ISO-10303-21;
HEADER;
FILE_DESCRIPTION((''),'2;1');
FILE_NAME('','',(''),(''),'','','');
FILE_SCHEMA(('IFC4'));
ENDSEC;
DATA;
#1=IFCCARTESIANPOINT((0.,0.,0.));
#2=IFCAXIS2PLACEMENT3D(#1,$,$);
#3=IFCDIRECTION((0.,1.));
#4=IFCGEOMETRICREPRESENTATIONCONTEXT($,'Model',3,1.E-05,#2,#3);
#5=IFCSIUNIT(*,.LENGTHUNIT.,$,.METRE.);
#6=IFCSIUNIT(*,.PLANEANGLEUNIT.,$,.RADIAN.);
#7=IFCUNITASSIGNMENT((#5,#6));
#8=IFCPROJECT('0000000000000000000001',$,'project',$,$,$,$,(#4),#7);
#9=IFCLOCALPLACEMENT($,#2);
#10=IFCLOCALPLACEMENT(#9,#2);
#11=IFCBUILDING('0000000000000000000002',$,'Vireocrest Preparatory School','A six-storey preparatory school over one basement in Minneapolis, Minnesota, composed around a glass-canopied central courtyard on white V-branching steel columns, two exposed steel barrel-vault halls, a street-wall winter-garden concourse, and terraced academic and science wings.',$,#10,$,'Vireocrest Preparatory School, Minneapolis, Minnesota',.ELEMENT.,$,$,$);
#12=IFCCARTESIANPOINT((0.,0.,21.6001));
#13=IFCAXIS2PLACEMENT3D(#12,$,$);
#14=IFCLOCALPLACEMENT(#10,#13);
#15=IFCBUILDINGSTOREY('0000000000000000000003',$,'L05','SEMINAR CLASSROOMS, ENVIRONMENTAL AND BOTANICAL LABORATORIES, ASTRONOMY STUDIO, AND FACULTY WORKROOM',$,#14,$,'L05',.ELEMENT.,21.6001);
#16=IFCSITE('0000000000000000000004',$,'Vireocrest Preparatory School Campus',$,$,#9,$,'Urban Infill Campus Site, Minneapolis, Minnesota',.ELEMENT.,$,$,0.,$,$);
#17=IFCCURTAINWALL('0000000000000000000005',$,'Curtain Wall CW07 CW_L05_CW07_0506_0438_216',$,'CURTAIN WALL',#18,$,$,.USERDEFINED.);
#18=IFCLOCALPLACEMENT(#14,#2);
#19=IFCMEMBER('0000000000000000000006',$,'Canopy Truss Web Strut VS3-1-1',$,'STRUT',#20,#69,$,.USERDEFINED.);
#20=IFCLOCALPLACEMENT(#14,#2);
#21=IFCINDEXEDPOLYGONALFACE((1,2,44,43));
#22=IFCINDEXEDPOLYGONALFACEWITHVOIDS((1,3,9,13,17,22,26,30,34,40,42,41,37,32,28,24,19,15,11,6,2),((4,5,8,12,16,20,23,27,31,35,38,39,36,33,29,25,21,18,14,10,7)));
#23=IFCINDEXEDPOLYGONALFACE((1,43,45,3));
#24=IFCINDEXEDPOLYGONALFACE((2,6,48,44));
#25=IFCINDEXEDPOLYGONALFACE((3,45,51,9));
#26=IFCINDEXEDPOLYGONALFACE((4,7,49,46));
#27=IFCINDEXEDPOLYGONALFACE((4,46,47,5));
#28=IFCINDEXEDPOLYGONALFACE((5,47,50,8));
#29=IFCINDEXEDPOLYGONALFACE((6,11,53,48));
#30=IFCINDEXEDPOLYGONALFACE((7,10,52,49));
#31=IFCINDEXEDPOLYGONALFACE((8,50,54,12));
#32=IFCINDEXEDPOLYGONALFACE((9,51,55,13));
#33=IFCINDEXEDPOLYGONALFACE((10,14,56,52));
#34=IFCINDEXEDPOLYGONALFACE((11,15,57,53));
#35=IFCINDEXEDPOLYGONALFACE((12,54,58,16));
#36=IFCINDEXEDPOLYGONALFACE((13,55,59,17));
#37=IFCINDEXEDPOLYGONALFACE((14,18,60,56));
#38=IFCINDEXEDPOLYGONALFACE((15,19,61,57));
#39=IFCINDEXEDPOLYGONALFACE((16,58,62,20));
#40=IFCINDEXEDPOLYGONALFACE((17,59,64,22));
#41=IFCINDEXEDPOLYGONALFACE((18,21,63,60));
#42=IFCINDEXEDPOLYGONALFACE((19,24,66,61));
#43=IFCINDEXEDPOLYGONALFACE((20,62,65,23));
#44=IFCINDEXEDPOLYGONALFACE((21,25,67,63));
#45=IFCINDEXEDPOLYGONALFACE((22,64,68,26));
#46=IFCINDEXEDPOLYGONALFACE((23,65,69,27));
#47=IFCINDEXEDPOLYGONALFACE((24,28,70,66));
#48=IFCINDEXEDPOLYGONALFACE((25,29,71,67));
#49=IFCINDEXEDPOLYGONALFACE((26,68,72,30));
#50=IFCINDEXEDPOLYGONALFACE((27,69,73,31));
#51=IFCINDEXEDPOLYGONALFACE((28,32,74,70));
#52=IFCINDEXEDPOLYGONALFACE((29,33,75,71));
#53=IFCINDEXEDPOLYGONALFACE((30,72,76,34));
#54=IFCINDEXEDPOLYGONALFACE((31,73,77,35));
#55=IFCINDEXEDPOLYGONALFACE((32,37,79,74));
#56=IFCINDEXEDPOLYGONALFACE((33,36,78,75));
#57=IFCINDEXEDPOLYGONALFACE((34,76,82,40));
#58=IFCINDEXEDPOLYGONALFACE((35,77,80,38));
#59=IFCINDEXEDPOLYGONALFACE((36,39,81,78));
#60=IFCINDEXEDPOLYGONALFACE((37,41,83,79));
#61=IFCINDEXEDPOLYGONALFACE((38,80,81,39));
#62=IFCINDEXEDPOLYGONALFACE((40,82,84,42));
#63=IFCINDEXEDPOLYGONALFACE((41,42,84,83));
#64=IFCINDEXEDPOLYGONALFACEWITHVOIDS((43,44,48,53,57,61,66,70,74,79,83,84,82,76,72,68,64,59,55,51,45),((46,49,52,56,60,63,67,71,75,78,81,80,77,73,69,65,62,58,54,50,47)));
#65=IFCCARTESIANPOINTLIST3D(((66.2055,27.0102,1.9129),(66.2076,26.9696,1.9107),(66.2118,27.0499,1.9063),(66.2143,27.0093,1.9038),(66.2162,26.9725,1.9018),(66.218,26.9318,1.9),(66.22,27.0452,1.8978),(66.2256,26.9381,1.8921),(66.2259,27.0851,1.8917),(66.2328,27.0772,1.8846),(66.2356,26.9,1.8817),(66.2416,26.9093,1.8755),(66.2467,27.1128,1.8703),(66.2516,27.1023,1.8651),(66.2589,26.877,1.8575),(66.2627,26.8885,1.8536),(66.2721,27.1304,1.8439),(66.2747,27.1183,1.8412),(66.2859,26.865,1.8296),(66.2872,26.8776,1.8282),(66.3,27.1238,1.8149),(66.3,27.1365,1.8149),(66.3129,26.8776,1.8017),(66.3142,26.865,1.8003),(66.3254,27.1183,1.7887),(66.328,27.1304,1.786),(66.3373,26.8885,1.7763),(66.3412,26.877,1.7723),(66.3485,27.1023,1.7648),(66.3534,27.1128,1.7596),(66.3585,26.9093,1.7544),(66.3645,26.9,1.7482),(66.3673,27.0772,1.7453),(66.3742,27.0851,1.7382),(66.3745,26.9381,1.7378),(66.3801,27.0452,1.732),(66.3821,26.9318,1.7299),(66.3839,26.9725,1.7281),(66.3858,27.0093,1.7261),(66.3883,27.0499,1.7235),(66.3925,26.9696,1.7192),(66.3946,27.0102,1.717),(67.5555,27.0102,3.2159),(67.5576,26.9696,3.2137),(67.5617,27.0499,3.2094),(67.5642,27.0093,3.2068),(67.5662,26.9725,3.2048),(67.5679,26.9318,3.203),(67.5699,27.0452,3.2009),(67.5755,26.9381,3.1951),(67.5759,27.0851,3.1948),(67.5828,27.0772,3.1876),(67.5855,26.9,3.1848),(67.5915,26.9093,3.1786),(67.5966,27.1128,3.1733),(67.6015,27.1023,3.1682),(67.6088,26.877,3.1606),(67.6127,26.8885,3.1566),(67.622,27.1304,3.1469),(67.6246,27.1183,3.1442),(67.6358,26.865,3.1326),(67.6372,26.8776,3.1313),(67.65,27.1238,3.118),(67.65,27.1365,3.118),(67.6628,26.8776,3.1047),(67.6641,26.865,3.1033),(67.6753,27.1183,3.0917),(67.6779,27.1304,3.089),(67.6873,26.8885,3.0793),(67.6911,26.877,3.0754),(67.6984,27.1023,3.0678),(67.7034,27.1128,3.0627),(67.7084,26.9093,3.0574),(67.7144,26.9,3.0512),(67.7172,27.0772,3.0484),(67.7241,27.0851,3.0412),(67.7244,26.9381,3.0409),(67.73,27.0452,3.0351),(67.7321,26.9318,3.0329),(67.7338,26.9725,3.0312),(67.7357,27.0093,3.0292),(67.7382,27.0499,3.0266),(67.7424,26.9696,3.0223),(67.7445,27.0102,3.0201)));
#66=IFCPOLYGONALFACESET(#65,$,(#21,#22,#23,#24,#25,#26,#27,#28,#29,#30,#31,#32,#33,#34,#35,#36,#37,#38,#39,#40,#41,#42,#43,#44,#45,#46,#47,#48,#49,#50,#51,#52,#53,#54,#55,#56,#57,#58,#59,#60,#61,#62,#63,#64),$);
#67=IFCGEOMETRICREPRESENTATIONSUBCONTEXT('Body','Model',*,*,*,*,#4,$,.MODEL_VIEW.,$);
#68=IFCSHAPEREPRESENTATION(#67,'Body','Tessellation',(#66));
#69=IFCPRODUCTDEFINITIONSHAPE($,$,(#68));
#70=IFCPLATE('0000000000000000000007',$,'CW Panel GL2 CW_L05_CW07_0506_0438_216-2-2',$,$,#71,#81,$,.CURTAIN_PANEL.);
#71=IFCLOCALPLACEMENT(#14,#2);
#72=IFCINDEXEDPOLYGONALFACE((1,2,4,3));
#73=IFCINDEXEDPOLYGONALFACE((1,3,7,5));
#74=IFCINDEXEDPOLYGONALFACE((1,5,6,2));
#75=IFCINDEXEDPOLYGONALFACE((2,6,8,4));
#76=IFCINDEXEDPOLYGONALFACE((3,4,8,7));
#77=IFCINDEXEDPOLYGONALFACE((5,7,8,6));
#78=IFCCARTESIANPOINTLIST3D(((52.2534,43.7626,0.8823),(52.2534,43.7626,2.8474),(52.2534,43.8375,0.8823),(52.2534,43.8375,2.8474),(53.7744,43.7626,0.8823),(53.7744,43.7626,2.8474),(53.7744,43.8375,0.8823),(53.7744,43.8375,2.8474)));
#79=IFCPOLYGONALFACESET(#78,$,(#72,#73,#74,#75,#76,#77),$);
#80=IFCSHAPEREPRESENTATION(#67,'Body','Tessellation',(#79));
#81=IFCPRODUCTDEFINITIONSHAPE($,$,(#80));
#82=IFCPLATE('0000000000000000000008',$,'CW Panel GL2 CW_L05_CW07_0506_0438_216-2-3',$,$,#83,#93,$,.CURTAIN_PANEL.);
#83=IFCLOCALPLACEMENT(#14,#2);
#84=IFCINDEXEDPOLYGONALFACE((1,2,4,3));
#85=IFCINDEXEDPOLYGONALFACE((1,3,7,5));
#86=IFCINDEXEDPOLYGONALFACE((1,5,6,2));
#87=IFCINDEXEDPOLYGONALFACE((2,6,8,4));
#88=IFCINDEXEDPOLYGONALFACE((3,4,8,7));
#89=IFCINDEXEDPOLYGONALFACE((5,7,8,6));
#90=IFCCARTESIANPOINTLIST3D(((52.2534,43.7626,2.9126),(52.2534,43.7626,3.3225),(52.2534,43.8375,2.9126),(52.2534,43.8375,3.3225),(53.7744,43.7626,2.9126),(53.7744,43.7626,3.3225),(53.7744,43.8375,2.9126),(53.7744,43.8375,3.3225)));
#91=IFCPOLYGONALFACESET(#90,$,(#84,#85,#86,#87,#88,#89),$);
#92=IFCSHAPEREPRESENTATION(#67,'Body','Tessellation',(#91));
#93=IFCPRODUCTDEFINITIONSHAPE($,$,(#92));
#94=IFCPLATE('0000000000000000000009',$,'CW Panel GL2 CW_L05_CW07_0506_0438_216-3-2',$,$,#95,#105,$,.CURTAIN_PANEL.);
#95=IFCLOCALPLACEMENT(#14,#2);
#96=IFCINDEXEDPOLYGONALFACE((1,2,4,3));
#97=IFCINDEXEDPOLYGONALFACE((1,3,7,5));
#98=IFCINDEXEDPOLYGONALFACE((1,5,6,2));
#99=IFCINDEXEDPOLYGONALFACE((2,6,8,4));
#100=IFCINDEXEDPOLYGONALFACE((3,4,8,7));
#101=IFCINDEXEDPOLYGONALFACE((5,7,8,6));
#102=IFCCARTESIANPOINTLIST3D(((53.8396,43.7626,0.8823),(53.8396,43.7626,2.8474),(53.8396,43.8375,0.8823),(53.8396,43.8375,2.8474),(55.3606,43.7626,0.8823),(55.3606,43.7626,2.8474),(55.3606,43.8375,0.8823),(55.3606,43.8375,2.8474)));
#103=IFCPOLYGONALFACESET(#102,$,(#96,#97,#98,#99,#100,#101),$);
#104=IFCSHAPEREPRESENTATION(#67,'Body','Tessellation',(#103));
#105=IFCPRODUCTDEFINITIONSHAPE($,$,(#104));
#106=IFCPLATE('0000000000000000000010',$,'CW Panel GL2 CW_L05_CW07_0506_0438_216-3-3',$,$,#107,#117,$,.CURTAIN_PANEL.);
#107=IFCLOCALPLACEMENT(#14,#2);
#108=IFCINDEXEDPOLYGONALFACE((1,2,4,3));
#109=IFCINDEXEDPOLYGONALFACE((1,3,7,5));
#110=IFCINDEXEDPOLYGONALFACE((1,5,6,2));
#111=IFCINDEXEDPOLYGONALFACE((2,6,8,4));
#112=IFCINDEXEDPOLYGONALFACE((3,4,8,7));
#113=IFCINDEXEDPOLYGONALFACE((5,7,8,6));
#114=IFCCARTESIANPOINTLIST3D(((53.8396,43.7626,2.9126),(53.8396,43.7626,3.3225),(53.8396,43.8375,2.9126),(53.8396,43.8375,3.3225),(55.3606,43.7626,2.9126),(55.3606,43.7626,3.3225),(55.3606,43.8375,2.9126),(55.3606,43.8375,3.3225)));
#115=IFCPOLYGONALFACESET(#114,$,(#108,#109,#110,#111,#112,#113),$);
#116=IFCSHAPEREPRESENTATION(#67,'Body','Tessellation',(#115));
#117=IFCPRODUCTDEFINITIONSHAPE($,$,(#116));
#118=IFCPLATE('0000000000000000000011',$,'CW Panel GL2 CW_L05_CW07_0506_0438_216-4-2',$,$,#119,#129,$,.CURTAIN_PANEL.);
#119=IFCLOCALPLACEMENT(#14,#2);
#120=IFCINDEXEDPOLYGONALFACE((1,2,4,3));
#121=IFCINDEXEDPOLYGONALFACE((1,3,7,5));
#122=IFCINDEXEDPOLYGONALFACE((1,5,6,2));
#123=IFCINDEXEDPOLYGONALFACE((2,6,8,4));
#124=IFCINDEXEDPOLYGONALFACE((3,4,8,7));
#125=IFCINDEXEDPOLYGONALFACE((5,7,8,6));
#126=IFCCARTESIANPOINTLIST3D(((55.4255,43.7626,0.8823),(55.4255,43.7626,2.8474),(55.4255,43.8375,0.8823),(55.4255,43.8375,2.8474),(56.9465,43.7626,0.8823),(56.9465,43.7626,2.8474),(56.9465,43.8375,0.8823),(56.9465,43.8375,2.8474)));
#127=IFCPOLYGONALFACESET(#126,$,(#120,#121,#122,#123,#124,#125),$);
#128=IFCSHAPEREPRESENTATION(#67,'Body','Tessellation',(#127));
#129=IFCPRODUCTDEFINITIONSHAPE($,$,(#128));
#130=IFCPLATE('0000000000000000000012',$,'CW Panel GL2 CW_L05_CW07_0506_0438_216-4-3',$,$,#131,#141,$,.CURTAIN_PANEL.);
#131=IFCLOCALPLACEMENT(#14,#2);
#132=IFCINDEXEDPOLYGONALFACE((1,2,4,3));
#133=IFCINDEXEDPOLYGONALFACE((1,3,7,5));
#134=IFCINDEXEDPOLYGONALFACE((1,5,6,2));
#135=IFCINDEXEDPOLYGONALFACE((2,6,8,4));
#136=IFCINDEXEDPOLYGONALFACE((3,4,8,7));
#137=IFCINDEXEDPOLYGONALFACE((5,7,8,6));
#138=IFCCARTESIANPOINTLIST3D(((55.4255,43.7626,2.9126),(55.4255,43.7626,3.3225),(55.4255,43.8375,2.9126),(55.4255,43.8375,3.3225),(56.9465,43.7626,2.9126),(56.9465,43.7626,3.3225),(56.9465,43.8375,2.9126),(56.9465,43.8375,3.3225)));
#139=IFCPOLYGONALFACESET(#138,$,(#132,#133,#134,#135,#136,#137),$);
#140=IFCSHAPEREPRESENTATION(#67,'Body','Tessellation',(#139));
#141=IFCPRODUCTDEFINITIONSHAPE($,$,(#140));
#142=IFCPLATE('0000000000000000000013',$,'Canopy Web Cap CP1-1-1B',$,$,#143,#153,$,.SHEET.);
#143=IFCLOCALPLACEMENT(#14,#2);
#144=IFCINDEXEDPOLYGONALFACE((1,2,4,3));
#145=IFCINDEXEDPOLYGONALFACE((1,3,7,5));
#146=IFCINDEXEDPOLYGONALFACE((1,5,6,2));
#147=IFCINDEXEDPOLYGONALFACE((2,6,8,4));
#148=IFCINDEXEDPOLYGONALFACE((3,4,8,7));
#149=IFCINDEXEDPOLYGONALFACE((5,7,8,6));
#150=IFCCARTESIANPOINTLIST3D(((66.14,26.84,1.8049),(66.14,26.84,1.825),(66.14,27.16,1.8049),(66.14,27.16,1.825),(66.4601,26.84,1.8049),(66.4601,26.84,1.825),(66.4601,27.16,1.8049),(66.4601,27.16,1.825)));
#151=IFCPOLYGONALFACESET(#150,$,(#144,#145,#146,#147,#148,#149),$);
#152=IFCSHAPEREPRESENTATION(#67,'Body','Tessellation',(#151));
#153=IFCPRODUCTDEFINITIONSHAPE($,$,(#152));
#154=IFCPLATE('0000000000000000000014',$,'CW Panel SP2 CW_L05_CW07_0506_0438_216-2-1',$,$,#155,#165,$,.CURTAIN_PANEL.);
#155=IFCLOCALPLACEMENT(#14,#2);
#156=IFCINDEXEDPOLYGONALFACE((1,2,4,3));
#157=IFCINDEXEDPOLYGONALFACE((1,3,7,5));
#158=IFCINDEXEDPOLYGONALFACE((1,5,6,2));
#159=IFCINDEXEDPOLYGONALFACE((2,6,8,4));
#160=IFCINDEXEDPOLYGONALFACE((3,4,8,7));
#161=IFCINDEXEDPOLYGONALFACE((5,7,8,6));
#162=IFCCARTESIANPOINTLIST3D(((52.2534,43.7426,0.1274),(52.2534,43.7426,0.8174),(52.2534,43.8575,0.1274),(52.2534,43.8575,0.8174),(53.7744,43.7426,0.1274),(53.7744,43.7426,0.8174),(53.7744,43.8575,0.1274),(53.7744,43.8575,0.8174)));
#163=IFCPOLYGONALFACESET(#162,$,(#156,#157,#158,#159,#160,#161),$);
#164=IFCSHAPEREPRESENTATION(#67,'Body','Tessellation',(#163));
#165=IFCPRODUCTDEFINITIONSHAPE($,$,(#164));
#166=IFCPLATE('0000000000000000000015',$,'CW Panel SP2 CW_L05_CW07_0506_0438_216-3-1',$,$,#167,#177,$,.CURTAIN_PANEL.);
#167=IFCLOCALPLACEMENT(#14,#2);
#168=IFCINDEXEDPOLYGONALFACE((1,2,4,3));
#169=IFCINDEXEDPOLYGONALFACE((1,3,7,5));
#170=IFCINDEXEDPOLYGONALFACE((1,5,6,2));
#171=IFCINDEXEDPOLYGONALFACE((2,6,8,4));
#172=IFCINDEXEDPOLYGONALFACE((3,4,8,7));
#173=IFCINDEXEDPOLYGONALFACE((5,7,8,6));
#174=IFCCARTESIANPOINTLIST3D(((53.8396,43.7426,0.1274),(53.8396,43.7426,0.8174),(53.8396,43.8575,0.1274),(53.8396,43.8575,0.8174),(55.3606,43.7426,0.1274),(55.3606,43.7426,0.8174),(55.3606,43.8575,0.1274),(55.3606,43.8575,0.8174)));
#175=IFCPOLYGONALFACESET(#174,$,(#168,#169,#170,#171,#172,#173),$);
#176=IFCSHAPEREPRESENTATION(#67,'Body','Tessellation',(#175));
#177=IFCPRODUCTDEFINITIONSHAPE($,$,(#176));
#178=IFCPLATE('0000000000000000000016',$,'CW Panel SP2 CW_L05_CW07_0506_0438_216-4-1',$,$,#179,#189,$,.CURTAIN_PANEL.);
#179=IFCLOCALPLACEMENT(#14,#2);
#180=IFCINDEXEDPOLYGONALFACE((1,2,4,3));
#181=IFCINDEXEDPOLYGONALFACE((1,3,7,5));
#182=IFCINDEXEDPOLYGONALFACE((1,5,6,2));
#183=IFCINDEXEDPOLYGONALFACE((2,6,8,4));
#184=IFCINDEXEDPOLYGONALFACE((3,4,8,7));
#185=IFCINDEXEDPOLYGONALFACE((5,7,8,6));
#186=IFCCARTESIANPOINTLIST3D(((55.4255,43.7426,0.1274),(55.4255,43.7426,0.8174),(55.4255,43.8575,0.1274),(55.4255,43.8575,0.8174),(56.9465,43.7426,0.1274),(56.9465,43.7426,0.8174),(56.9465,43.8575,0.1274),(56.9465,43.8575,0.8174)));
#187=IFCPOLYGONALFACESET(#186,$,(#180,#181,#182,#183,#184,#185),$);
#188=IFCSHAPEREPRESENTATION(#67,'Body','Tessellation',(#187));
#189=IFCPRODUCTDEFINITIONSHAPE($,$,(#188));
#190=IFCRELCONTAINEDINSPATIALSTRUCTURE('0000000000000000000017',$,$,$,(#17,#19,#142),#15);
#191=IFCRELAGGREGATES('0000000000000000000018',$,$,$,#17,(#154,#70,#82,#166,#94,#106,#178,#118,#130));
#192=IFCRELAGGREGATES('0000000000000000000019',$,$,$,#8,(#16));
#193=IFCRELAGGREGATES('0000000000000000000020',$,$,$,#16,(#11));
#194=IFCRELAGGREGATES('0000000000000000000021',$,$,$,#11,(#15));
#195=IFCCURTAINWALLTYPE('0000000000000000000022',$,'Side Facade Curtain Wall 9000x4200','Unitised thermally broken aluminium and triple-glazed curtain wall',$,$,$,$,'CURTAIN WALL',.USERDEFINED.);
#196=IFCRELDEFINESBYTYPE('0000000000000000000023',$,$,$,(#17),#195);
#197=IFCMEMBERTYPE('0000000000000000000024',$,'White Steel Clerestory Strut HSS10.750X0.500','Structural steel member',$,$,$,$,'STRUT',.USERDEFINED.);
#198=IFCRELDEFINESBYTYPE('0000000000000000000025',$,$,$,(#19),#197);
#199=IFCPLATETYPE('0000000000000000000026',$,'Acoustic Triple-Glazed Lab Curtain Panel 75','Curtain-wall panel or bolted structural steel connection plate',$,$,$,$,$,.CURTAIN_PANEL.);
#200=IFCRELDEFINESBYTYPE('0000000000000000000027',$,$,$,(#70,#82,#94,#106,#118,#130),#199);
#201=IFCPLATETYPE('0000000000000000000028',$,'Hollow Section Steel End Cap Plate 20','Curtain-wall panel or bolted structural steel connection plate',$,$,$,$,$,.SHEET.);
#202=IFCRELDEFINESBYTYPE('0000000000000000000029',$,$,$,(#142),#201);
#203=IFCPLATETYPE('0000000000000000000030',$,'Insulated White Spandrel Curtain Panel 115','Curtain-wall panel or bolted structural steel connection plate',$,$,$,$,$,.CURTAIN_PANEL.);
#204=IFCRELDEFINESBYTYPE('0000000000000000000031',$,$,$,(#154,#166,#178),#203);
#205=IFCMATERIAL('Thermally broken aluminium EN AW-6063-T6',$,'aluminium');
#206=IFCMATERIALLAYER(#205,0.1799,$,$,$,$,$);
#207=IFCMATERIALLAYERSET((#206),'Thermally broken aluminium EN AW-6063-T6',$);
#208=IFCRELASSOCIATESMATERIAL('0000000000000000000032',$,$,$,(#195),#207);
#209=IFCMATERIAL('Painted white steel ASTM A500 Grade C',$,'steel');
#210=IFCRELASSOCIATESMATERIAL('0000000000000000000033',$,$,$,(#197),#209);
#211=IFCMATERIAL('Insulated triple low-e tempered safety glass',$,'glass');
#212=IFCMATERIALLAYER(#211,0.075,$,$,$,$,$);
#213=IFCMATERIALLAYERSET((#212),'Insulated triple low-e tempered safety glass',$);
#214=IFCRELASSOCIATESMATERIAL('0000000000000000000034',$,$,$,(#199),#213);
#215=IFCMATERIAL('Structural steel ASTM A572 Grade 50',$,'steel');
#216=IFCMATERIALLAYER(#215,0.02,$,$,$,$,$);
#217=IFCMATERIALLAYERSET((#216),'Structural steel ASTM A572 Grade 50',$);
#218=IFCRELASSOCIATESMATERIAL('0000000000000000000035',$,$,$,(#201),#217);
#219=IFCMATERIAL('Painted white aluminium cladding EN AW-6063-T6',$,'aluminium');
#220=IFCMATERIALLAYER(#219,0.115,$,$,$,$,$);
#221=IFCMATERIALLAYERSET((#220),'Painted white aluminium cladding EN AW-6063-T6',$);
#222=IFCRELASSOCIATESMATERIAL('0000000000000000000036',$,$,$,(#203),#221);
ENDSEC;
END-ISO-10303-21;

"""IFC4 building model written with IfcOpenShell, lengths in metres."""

from ifc_helpers import new_model, si_unit, direction, frame, origin, origin_2d, place, context, subcontext, project, spatial, rectangle, hollow_circle, extrude, material, layer, layer_set, material_profile, profile_set, type_object, element, aggregate, save


model = new_model("IFC4")

# Units and contexts
model_context = context("Model", 3, precision=1e-05, world=origin(), true_north=direction((0.0, 1.0)))
body_context = subcontext(model_context, "Body", "Model", "MODEL_VIEW")
ifc_project = project(units=[si_unit("LENGTHUNIT", "METRE"), si_unit("PLANEANGLEUNIT", "RADIAN")], contexts=[model_context])

# Site, building, storey
site_placement = place(None, origin())
site = spatial("IfcSite", under=ifc_project, at=site_placement, Name="Vireocrest Preparatory School Campus", LongName="Urban Infill Campus Site, Minneapolis, Minnesota", CompositionType="ELEMENT", RefElevation=0.0)
building_placement = place(site_placement, origin())
building = spatial("IfcBuilding", under=site, at=building_placement, Name="Vireocrest Preparatory School", Description="A six-storey preparatory school over one basement in Minneapolis, Minnesota, composed around a glass-canopied central courtyard on white V-branching steel columns, two exposed steel barrel-vault halls, a street-wall winter-garden concourse, and terraced academic and science wings.", LongName="Vireocrest Preparatory School, Minneapolis, Minnesota", CompositionType="ELEMENT")
storey_placement = place(building_placement, frame((0.0, 0.0, 21.6001)))
storey = spatial("IfcBuildingStorey", under=building, at=storey_placement, Name="L05", Description="SEMINAR CLASSROOMS, ENVIRONMENTAL AND BOTANICAL LABORATORIES, ASTRONOMY STUDIO, AND FACULTY WORKROOM", LongName="L05", CompositionType="ELEMENT", Elevation=21.6001)

# Curtain wall
ifc_material_1 = material(Name="Thermally broken aluminium EN AW-6063-T6", Category="aluminium")
ifc_layer_1 = layer(ifc_material_1, 0.1799)
ifc_layer_set_1 = layer_set([ifc_layer_1], Name="Thermally broken aluminium EN AW-6063-T6")
curtain_wall_type = type_object("IfcCurtainWallType", Name="Side Facade Curtain Wall 9000x4200", Description="Unitised thermally broken aluminium and triple-glazed curtain wall", ElementType="CURTAIN WALL", PredefinedType="USERDEFINED", material=ifc_layer_set_1)
curtain_wall_placement = place(storey_placement, origin())
curtain_wall = element("IfcCurtainWall", 1, at=curtain_wall_placement, inside=storey, type_object=curtain_wall_type, Name="Curtain Wall CW07 CW_L05_CW07_0506_0438_216", ObjectType="CURTAIN WALL", PredefinedType="USERDEFINED")

# Member
ifc_material_2 = material(Name="Painted white steel ASTM A500 Grade C", Category="steel")
ifc_material_profile_1 = material_profile(ifc_material_2, hollow_circle(Radius=0.1365, WallThickness=0.0127, at=origin_2d()), Name="HSS10.750X0.500")
ifc_profile_set_1 = profile_set([ifc_material_profile_1], Name="Painted white steel ASTM A500 Grade C")
member_type_1 = type_object("IfcMemberType", Name="White Steel Clerestory Strut HSS10.750X0.500", Description="Structural steel member", ElementType="STRUT", PredefinedType="USERDEFINED", material=ifc_profile_set_1)
member_1_placement = place(storey_placement, frame((66.3, 27.0, 1.8149), z_axis=(0.719489, 0.0, 0.694504), x_axis=(0.0, 1.0, 0.0)))
element("IfcMember", 2, at=member_1_placement, inside=storey, type_object=member_type_1, Name="Canopy Truss Web Strut VS3-1-1", ObjectType="STRUT", PredefinedType="USERDEFINED", context=body_context, shape_type="SweptSolid", body=[
    extrude(hollow_circle(Radius=0.1365, WallThickness=0.0127, at=origin_2d()), origin(), (0.0, 0.0, 1.0), 1.8762),
])

# Plates
ifc_material_3 = material(Name="Insulated triple low-e tempered safety glass", Category="glass")
ifc_layer_2 = layer(ifc_material_3, 0.075)
ifc_layer_set_2 = layer_set([ifc_layer_2], Name="Insulated triple low-e tempered safety glass")
plate_type_1 = type_object("IfcPlateType", Name="Acoustic Triple-Glazed Lab Curtain Panel 75", Description="Curtain-wall panel or bolted structural steel connection plate", PredefinedType="CURTAIN_PANEL", material=ifc_layer_set_2)
plate_1_placement = place(storey_placement, frame((53.0139, 43.8, 0.8823), z_axis=(0.0, 0.0, 1.0), x_axis=(1.0, 0.0, 0.0)))
plate_1 = element("IfcPlate", 3, at=plate_1_placement, type_object=plate_type_1, Name="CW Panel GL2 CW_L05_CW07_0506_0438_216-2-2", PredefinedType="CURTAIN_PANEL", context=body_context, shape_type="SweptSolid", body=[
    extrude(rectangle(XDim=1.521, YDim=0.075, at=origin_2d()), origin(), (0.0, 0.0, 1.0), 1.9651),
])
plate_2_placement = place(storey_placement, frame((53.0139, 43.8, 2.9126), z_axis=(0.0, 0.0, 1.0), x_axis=(1.0, 0.0, 0.0)))
plate_2 = element("IfcPlate", 4, at=plate_2_placement, type_object=plate_type_1, Name="CW Panel GL2 CW_L05_CW07_0506_0438_216-2-3", PredefinedType="CURTAIN_PANEL", context=body_context, shape_type="SweptSolid", body=[
    extrude(rectangle(XDim=1.521, YDim=0.075, at=origin_2d()), origin(), (0.0, 0.0, 1.0), 0.4099),
])
plate_3_placement = place(storey_placement, frame((54.6001, 43.8, 0.8823), z_axis=(0.0, 0.0, 1.0), x_axis=(1.0, 0.0, 0.0)))
plate_3 = element("IfcPlate", 5, at=plate_3_placement, type_object=plate_type_1, Name="CW Panel GL2 CW_L05_CW07_0506_0438_216-3-2", PredefinedType="CURTAIN_PANEL", context=body_context, shape_type="SweptSolid", body=[
    extrude(rectangle(XDim=1.521, YDim=0.075, at=origin_2d()), origin(), (0.0, 0.0, 1.0), 1.9651),
])
plate_4_placement = place(storey_placement, frame((54.6001, 43.8, 2.9126), z_axis=(0.0, 0.0, 1.0), x_axis=(1.0, 0.0, 0.0)))
plate_4 = element("IfcPlate", 6, at=plate_4_placement, type_object=plate_type_1, Name="CW Panel GL2 CW_L05_CW07_0506_0438_216-3-3", PredefinedType="CURTAIN_PANEL", context=body_context, shape_type="SweptSolid", body=[
    extrude(rectangle(XDim=1.521, YDim=0.075, at=origin_2d()), origin(), (0.0, 0.0, 1.0), 0.4099),
])
plate_5_placement = place(storey_placement, frame((56.186, 43.8, 0.8823), z_axis=(0.0, 0.0, 1.0), x_axis=(1.0, 0.0, 0.0)))
plate_5 = element("IfcPlate", 7, at=plate_5_placement, type_object=plate_type_1, Name="CW Panel GL2 CW_L05_CW07_0506_0438_216-4-2", PredefinedType="CURTAIN_PANEL", context=body_context, shape_type="SweptSolid", body=[
    extrude(rectangle(XDim=1.521, YDim=0.075, at=origin_2d()), origin(), (0.0, 0.0, 1.0), 1.9651),
])
plate_6_placement = place(storey_placement, frame((56.186, 43.8, 2.9126), z_axis=(0.0, 0.0, 1.0), x_axis=(1.0, 0.0, 0.0)))
plate_6 = element("IfcPlate", 8, at=plate_6_placement, type_object=plate_type_1, Name="CW Panel GL2 CW_L05_CW07_0506_0438_216-4-3", PredefinedType="CURTAIN_PANEL", context=body_context, shape_type="SweptSolid", body=[
    extrude(rectangle(XDim=1.521, YDim=0.075, at=origin_2d()), origin(), (0.0, 0.0, 1.0), 0.4099),
])
ifc_material_4 = material(Name="Structural steel ASTM A572 Grade 50", Category="steel")
ifc_layer_3 = layer(ifc_material_4, 0.02)
ifc_layer_set_3 = layer_set([ifc_layer_3], Name="Structural steel ASTM A572 Grade 50")
plate_type_2 = type_object("IfcPlateType", Name="Hollow Section Steel End Cap Plate 20", Description="Curtain-wall panel or bolted structural steel connection plate", PredefinedType="SHEET", material=ifc_layer_set_3)
plate_7_placement = place(storey_placement, frame((66.3, 27.0, 1.8049), z_axis=(0.0, 0.0, 1.0), x_axis=(1.0, 0.0, 0.0)))
element("IfcPlate", 9, at=plate_7_placement, inside=storey, type_object=plate_type_2, Name="Canopy Web Cap CP1-1-1B", PredefinedType="SHEET", context=body_context, shape_type="SweptSolid", body=[
    extrude(rectangle(XDim=0.3201, YDim=0.3201, at=origin_2d()), origin(), (0.0, 0.0, 1.0), 0.02),
])
ifc_material_5 = material(Name="Painted white aluminium cladding EN AW-6063-T6", Category="aluminium")
ifc_layer_4 = layer(ifc_material_5, 0.115)
ifc_layer_set_4 = layer_set([ifc_layer_4], Name="Painted white aluminium cladding EN AW-6063-T6")
plate_type_3 = type_object("IfcPlateType", Name="Insulated White Spandrel Curtain Panel 115", Description="Curtain-wall panel or bolted structural steel connection plate", PredefinedType="CURTAIN_PANEL", material=ifc_layer_set_4)
plate_8_placement = place(storey_placement, frame((53.0139, 43.8, 0.1274), z_axis=(0.0, 0.0, 1.0), x_axis=(1.0, 0.0, 0.0)))
plate_8 = element("IfcPlate", 10, at=plate_8_placement, type_object=plate_type_3, Name="CW Panel SP2 CW_L05_CW07_0506_0438_216-2-1", PredefinedType="CURTAIN_PANEL", context=body_context, shape_type="SweptSolid", body=[
    extrude(rectangle(XDim=1.521, YDim=0.115, at=origin_2d()), origin(), (0.0, 0.0, 1.0), 0.6899),
])
plate_9_placement = place(storey_placement, frame((54.6001, 43.8, 0.1274), z_axis=(0.0, 0.0, 1.0), x_axis=(1.0, 0.0, 0.0)))
plate_9 = element("IfcPlate", 11, at=plate_9_placement, type_object=plate_type_3, Name="CW Panel SP2 CW_L05_CW07_0506_0438_216-3-1", PredefinedType="CURTAIN_PANEL", context=body_context, shape_type="SweptSolid", body=[
    extrude(rectangle(XDim=1.521, YDim=0.115, at=origin_2d()), origin(), (0.0, 0.0, 1.0), 0.6899),
])
plate_10_placement = place(storey_placement, frame((56.186, 43.8, 0.1274), z_axis=(0.0, 0.0, 1.0), x_axis=(1.0, 0.0, 0.0)))
plate_10 = element("IfcPlate", 12, at=plate_10_placement, type_object=plate_type_3, Name="CW Panel SP2 CW_L05_CW07_0506_0438_216-4-1", PredefinedType="CURTAIN_PANEL", context=body_context, shape_type="SweptSolid", body=[
    extrude(rectangle(XDim=1.521, YDim=0.115, at=origin_2d()), origin(), (0.0, 0.0, 1.0), 0.6899),
])
aggregate(curtain_wall, [plate_8, plate_1, plate_2, plate_9, plate_3, plate_4, plate_10, plate_5, plate_6])

save(model, "model.ifc")
